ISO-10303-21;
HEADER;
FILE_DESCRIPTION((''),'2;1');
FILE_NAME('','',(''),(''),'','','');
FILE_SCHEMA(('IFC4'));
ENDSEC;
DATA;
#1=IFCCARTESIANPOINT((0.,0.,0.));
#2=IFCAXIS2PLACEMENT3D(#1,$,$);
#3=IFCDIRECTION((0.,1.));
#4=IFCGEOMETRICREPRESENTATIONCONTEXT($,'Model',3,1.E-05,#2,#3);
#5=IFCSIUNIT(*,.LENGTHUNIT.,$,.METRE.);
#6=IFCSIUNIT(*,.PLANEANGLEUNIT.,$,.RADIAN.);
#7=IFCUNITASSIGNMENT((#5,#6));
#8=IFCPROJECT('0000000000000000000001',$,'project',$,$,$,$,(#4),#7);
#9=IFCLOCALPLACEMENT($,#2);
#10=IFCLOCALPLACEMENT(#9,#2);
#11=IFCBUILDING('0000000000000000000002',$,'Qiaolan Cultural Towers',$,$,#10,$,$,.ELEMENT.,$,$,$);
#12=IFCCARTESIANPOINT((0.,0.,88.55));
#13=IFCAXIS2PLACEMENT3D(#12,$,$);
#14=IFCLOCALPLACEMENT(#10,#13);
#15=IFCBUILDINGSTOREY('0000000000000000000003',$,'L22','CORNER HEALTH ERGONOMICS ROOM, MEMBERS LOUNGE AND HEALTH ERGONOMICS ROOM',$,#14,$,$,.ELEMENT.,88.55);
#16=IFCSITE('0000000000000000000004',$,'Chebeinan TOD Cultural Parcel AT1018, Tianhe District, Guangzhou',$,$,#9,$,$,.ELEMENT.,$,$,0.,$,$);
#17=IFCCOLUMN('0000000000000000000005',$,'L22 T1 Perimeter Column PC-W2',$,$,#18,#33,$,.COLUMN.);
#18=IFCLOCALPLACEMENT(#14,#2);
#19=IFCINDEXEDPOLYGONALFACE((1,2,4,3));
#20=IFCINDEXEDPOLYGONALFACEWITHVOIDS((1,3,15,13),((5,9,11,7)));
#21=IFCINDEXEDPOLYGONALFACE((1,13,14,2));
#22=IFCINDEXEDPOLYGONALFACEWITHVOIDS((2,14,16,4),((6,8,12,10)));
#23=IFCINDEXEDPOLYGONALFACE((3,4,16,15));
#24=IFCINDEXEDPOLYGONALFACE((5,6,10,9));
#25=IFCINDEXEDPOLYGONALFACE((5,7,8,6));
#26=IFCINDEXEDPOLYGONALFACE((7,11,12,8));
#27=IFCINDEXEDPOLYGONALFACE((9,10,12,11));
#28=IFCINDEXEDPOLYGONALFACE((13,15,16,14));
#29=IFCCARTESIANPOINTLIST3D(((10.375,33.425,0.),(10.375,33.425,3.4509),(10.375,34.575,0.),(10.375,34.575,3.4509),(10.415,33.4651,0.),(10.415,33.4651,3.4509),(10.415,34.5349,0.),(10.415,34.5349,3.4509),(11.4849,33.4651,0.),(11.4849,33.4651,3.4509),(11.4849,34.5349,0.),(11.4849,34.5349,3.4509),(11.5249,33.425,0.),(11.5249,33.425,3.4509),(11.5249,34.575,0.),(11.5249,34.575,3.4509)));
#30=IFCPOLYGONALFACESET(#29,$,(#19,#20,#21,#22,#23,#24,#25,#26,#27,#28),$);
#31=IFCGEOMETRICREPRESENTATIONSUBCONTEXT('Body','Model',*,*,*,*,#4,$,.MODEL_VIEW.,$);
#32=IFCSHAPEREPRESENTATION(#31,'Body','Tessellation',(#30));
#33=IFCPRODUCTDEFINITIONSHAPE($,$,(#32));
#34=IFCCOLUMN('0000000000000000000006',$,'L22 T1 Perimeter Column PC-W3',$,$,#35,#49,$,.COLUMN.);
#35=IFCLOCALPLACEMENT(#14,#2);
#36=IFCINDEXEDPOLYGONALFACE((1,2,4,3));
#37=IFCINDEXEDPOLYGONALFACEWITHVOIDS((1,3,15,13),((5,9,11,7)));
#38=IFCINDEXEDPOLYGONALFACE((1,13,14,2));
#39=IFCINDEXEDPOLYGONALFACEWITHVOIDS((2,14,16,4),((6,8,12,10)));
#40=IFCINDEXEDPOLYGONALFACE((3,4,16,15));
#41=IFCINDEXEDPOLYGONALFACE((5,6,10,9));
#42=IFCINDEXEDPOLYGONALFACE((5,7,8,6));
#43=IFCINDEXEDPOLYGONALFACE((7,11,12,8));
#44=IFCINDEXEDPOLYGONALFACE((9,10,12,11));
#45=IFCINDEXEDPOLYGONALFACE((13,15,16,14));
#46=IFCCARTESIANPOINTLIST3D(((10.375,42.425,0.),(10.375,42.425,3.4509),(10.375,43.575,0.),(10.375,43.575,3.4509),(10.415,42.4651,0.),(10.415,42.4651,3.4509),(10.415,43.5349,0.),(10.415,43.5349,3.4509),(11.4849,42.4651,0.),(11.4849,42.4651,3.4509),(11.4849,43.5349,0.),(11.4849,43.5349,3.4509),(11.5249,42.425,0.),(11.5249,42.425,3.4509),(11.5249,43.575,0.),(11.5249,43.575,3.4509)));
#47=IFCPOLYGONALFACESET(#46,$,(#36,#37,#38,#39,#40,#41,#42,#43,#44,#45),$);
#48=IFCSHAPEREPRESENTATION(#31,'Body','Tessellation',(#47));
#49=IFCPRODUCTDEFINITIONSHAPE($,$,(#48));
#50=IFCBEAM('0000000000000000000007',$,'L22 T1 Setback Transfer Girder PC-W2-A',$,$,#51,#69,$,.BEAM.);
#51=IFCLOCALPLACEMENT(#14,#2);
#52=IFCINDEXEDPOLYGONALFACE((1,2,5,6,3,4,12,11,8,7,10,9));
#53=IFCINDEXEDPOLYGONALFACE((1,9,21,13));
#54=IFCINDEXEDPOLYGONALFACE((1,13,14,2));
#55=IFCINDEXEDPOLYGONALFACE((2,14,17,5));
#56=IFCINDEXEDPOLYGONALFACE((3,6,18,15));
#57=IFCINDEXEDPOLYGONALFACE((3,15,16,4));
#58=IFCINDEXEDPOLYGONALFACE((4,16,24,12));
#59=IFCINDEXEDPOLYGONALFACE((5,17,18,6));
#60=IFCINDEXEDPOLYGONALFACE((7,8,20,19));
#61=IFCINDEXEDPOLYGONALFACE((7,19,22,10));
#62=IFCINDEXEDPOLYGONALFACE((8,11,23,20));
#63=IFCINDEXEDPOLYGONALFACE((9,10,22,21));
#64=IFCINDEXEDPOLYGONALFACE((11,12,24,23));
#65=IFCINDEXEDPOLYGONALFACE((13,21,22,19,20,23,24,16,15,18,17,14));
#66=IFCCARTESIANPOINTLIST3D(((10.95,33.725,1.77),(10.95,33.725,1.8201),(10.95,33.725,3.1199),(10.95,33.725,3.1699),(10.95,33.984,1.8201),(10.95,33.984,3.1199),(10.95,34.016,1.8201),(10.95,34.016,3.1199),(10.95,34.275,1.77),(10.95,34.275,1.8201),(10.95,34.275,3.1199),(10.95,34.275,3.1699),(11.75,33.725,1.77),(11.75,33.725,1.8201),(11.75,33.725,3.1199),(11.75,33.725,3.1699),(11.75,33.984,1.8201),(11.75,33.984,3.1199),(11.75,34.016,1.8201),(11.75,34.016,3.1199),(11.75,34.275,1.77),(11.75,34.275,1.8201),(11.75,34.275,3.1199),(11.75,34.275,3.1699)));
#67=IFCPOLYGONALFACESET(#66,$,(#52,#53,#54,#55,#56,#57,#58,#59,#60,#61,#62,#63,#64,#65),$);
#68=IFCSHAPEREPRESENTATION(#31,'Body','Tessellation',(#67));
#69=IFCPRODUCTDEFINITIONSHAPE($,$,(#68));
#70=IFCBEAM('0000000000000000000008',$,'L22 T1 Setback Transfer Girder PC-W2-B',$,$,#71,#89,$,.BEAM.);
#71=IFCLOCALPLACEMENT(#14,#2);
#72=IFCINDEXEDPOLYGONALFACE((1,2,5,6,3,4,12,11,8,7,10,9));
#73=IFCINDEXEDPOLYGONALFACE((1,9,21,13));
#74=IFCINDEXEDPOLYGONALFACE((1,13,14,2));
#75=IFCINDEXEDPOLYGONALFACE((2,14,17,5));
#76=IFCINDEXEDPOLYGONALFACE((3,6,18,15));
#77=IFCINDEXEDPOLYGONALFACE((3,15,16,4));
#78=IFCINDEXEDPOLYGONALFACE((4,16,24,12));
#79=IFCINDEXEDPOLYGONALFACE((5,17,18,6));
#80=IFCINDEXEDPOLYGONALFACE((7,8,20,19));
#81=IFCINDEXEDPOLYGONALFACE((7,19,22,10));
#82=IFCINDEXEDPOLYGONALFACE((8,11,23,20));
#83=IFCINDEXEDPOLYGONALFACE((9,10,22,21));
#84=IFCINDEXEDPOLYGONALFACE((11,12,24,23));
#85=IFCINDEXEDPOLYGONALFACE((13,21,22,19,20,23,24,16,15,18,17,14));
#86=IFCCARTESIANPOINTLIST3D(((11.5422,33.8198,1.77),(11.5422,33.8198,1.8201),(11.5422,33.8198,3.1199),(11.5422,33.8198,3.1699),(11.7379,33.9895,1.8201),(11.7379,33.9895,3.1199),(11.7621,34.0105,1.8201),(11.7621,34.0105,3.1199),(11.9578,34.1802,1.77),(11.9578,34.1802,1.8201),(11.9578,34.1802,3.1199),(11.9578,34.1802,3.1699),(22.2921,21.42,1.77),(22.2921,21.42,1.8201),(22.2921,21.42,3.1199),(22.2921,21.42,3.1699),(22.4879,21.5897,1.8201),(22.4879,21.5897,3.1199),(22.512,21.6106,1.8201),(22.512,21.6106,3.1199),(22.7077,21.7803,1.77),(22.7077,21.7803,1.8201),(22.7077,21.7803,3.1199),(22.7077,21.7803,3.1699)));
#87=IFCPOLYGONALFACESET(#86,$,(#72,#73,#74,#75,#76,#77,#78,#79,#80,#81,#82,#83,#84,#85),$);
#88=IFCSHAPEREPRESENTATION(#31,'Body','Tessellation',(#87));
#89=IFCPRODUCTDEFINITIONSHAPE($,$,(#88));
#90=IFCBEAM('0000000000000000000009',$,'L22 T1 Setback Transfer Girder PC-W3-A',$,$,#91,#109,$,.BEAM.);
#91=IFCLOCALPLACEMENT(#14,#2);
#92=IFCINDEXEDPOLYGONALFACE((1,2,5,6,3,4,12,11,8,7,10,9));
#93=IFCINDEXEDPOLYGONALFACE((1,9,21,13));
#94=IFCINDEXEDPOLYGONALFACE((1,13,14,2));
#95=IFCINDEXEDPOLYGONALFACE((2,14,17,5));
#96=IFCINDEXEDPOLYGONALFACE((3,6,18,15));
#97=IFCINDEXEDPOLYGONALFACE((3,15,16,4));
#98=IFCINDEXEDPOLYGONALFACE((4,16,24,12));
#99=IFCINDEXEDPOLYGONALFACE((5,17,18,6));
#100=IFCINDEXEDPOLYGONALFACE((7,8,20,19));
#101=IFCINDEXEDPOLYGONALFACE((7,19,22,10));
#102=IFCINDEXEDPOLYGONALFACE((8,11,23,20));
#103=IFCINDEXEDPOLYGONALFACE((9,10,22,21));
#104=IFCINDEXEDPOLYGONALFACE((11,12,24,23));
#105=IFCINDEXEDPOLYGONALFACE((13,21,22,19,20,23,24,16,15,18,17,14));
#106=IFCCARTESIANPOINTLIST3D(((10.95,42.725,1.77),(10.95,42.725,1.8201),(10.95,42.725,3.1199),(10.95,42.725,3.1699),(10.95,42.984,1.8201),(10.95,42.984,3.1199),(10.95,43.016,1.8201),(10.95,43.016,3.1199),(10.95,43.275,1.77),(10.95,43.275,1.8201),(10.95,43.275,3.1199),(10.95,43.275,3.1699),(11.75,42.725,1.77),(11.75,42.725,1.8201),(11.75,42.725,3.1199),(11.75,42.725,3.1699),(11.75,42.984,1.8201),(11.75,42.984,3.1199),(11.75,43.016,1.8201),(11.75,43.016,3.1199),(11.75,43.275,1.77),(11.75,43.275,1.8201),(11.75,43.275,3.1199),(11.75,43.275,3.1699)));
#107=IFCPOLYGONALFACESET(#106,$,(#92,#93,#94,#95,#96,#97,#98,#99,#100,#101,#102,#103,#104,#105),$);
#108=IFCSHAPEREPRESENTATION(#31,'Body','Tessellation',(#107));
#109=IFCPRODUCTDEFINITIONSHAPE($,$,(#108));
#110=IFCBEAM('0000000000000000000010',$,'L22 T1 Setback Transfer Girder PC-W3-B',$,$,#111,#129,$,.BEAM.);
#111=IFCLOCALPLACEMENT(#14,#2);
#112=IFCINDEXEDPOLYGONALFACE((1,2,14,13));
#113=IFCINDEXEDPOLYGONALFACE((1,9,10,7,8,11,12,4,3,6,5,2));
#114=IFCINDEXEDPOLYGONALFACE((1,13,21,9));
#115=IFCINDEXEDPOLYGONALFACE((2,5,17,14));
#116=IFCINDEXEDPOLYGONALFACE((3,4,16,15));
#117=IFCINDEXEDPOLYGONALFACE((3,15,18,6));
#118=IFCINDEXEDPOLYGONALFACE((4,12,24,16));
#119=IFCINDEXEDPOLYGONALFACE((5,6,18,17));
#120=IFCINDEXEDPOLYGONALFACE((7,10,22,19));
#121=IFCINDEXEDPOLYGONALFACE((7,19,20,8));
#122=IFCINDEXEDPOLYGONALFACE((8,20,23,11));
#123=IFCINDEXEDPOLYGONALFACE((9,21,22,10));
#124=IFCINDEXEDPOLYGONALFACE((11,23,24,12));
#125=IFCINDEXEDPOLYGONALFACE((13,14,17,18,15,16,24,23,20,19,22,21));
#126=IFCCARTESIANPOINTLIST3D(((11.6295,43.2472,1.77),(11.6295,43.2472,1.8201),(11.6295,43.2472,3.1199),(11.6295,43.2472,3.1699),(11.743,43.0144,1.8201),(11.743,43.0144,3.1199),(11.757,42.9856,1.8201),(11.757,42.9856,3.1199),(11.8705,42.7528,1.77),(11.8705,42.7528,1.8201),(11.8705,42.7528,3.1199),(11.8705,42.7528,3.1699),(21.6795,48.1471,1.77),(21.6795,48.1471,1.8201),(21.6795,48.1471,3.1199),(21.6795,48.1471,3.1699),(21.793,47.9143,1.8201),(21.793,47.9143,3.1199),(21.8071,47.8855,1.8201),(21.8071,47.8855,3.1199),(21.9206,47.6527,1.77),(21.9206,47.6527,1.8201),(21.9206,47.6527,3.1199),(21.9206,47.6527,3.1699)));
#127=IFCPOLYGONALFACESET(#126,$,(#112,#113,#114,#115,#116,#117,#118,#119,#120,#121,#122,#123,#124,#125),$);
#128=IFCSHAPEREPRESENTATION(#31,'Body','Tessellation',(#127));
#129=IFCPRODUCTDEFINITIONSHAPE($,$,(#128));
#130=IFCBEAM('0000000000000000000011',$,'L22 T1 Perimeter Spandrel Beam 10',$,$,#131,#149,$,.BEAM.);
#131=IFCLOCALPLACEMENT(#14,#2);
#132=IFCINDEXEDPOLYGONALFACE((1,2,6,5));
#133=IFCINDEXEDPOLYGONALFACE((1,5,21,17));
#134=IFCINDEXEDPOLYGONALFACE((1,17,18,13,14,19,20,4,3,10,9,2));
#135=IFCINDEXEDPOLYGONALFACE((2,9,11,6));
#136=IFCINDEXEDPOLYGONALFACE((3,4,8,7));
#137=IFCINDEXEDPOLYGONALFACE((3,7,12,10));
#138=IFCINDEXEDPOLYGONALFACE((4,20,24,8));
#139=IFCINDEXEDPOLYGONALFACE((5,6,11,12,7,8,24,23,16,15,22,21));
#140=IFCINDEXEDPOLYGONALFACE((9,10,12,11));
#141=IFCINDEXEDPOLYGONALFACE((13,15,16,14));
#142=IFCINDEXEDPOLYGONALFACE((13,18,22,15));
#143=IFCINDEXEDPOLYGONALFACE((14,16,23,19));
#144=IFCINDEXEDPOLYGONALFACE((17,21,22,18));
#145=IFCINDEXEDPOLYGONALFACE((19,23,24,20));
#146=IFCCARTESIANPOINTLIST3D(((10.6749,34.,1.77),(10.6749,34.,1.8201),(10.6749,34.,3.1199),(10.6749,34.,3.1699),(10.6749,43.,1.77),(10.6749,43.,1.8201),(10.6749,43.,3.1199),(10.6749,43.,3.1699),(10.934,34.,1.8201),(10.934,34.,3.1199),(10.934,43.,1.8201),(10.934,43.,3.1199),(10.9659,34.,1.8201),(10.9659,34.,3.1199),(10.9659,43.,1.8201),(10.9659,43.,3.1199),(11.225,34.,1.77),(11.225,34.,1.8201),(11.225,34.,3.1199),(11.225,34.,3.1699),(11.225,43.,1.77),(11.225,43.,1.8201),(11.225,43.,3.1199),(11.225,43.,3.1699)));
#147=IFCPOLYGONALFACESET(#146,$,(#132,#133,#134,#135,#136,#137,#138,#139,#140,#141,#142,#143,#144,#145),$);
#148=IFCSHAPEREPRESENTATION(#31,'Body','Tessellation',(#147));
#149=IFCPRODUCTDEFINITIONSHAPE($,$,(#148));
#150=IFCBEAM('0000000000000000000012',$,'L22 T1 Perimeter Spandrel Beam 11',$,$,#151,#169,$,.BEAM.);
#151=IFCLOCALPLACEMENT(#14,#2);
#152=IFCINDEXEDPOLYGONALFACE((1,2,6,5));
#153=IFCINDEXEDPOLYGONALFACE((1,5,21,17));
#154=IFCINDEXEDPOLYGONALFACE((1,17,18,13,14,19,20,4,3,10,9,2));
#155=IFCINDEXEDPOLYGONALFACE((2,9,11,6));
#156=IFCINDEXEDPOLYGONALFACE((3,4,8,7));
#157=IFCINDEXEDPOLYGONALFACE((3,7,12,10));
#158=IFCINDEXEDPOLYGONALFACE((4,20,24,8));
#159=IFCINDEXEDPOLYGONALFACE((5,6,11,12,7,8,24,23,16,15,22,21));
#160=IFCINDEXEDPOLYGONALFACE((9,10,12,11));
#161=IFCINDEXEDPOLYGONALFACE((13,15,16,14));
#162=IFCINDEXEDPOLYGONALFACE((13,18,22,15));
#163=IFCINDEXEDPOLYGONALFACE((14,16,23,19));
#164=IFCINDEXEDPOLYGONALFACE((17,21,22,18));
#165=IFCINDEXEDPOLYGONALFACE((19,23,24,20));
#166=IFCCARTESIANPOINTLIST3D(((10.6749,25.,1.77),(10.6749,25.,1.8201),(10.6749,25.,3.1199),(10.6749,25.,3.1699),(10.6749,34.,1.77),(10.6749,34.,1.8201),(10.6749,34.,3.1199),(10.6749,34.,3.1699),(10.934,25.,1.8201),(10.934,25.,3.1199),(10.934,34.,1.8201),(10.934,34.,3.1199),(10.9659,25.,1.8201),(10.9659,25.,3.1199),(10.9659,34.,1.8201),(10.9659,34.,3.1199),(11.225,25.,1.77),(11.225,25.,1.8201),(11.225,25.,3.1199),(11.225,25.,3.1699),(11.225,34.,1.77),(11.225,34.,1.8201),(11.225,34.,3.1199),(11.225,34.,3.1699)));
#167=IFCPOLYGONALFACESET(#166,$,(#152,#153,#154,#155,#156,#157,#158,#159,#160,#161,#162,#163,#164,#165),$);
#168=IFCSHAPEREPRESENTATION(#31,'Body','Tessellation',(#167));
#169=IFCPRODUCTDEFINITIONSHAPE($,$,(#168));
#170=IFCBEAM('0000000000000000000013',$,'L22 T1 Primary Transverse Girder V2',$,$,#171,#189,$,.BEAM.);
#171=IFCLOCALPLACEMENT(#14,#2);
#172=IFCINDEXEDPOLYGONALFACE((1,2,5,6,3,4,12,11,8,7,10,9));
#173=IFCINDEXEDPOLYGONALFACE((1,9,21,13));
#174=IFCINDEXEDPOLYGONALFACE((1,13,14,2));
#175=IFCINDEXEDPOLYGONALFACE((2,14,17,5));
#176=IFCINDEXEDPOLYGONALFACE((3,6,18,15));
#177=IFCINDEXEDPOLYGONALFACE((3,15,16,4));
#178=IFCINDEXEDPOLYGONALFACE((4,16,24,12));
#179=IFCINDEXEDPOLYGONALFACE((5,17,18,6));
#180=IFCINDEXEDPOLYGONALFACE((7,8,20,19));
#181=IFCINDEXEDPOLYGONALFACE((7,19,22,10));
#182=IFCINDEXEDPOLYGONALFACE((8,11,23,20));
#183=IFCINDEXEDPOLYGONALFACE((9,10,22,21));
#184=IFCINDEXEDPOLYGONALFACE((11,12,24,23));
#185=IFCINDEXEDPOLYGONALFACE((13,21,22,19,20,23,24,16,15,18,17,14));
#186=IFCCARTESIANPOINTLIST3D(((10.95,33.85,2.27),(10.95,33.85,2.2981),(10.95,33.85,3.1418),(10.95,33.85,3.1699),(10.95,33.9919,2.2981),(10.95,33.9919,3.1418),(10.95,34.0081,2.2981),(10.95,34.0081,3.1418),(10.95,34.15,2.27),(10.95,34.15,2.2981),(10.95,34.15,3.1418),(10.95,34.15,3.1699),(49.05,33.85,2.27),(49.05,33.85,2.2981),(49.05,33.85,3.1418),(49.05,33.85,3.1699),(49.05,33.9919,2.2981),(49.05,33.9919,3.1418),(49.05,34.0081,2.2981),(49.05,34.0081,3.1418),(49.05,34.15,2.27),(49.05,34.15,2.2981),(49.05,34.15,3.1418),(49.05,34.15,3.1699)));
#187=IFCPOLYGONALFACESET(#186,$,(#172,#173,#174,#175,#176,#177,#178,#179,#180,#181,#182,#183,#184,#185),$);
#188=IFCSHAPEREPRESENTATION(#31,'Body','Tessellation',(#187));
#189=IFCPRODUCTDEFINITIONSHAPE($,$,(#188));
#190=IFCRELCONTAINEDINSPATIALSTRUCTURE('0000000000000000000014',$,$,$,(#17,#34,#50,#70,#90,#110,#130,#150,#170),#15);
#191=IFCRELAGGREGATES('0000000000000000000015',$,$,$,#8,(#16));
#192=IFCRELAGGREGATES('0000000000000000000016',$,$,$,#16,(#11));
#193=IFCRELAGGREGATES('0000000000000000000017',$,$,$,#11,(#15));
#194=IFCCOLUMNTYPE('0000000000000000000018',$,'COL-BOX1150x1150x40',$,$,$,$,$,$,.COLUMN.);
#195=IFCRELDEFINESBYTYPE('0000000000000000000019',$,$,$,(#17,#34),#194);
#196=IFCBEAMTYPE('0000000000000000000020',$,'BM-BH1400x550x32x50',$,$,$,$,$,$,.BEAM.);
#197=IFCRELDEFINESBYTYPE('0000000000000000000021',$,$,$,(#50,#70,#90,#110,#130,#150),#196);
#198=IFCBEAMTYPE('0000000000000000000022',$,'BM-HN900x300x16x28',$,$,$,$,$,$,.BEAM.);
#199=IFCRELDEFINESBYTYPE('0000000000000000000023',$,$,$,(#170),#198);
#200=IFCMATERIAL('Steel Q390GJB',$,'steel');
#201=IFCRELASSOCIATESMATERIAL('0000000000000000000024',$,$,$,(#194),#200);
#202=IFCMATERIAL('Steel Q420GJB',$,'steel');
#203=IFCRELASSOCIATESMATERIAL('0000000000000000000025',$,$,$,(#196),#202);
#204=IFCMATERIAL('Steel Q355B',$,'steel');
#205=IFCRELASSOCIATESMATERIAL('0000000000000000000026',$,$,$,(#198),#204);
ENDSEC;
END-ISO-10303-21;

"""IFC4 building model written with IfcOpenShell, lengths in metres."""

from ifc_helpers import new_model, si_unit, direction, frame, origin, origin_2d, place, context, subcontext, project, spatial, hollow_rectangle, i_section, extrude, material, material_profile, profile_set, type_object, element, save


model = new_model("IFC4")

# Units and contexts
model_context = context("Model", 3, precision=1e-05, world=origin(), true_north=direction((0.0, 1.0)))
body_context = subcontext(model_context, "Body", "Model", "MODEL_VIEW")
ifc_project = project(units=[si_unit("LENGTHUNIT", "METRE"), si_unit("PLANEANGLEUNIT", "RADIAN")], contexts=[model_context])

# Site, building, storey
site_placement = place(None, origin())
site = spatial("IfcSite", under=ifc_project, at=site_placement, Name="Chebeinan TOD Cultural Parcel AT1018, Tianhe District, Guangzhou", CompositionType="ELEMENT", RefElevation=0.0)
building_placement = place(site_placement, origin())
building = spatial("IfcBuilding", under=site, at=building_placement, Name="Qiaolan Cultural Towers", CompositionType="ELEMENT")
storey_placement = place(building_placement, frame((0.0, 0.0, 88.55)))
storey = spatial("IfcBuildingStorey", under=building, at=storey_placement, Name="L22", Description="CORNER HEALTH ERGONOMICS ROOM, MEMBERS LOUNGE AND HEALTH ERGONOMICS ROOM", CompositionType="ELEMENT", Elevation=88.55)

# Columns
ifc_material_1 = material(Name="Steel Q390GJB", Category="steel")
ifc_material_profile_1 = material_profile(ifc_material_1, hollow_rectangle(XDim=1.1499, YDim=1.1499, WallThickness=0.04, at=origin_2d()), Name="BOX1150x1150x40")
ifc_profile_set_1 = profile_set([ifc_material_profile_1], Name="Steel Q390GJB")
column_type = type_object("IfcColumnType", Name="COL-BOX1150x1150x40", PredefinedType="COLUMN", material=ifc_profile_set_1)
for number, where, z_axis, x_axis, name in (
    (1, (10.95, 34.0, 0.0), (0.0, 0.0, 1.0), (1.0, 0.0, 0.0), "L22 T1 Perimeter Column PC-W2"),
    (2, (10.95, 43.0, 0.0), (0.0, 0.0, 1.0), (1.0, 0.0, 0.0), "L22 T1 Perimeter Column PC-W3"),
):
    element("IfcColumn", number, at=place(storey_placement, frame(where, z_axis=z_axis, x_axis=x_axis)), inside=storey, type_object=column_type, Name=name, PredefinedType="COLUMN", context=body_context, shape_type="SweptSolid", body=[
        extrude(hollow_rectangle(XDim=1.1499, YDim=1.1499, WallThickness=0.04, at=origin_2d()), origin(), (0.0, 0.0, 1.0), 3.4509),
    ])

# Beams
ifc_material_2 = material(Name="Steel Q420GJB", Category="steel")
ifc_material_profile_2 = material_profile(ifc_material_2, i_section(OverallWidth=0.55, OverallDepth=1.3999, WebThickness=0.032, FlangeThickness=0.05, at=origin_2d()), Name="BH1400x550x32x50")
ifc_profile_set_2 = profile_set([ifc_material_profile_2], Name="Steel Q420GJB")
beam_type_1 = type_object("IfcBeamType", Name="BM-BH1400x550x32x50", PredefinedType="BEAM", material=ifc_profile_set_2)
beam_1_placement = place(storey_placement, frame((10.95, 34.0, 2.47), z_axis=(1.0, 0.0, 0.0), x_axis=(0.0, 1.0, 0.0)))
element("IfcBeam", 3, at=beam_1_placement, inside=storey, type_object=beam_type_1, Name="L22 T1 Setback Transfer Girder PC-W2-A", PredefinedType="BEAM", context=body_context, shape_type="SweptSolid", body=[
    extrude(i_section(OverallWidth=0.55, OverallDepth=1.3999, WebThickness=0.032, FlangeThickness=0.05, at=origin_2d()), origin(), (0.0, 0.0, 1.0), 0.8),
])
beam_2_placement = place(storey_placement, frame((11.75, 34.0, 2.47), z_axis=(0.655049, -0.755586, 0.0), x_axis=(0.755586, 0.655049, 0.0)))
element("IfcBeam", 4, at=beam_2_placement, inside=storey, type_object=beam_type_1, Name="L22 T1 Setback Transfer Girder PC-W2-B", PredefinedType="BEAM", context=body_context, shape_type="SweptSolid", body=[
    extrude(i_section(OverallWidth=0.55, OverallDepth=1.3999, WebThickness=0.032, FlangeThickness=0.05, at=origin_2d()), origin(), (0.0, 0.0, 1.0), 16.4109),
])
beam_3_placement = place(storey_placement, frame((10.95, 43.0, 2.47), z_axis=(1.0, 0.0, 0.0), x_axis=(0.0, 1.0, 0.0)))
element("IfcBeam", 5, at=beam_3_placement, inside=storey, type_object=beam_type_1, Name="L22 T1 Setback Transfer Girder PC-W3-A", PredefinedType="BEAM", context=body_context, shape_type="SweptSolid", body=[
    extrude(i_section(OverallWidth=0.55, OverallDepth=1.3999, WebThickness=0.032, FlangeThickness=0.05, at=origin_2d()), origin(), (0.0, 0.0, 1.0), 0.8),
])
beam_4_placement = place(storey_placement, frame((11.75, 43.0, 2.47), z_axis=(0.898859, 0.438239, 0.0), x_axis=(-0.438239, 0.898859, 0.0)))
element("IfcBeam", 6, at=beam_4_placement, inside=storey, type_object=beam_type_1, Name="L22 T1 Setback Transfer Girder PC-W3-B", PredefinedType="BEAM", context=body_context, shape_type="SweptSolid", body=[
    extrude(i_section(OverallWidth=0.55, OverallDepth=1.3999, WebThickness=0.032, FlangeThickness=0.05, at=origin_2d()), origin(), (0.0, 0.0, 1.0), 11.1809),
])
for number, where, z_axis, x_axis, name in (
    (7, (10.95, 43.0, 2.47), (0.0, -1.0, 0.0), (1.0, 0.0, 0.0), "L22 T1 Perimeter Spandrel Beam 10"),
    (8, (10.95, 34.0, 2.47), (0.0, -1.0, 0.0), (1.0, 0.0, 0.0), "L22 T1 Perimeter Spandrel Beam 11"),
):
    element("IfcBeam", number, at=place(storey_placement, frame(where, z_axis=z_axis, x_axis=x_axis)), inside=storey, type_object=beam_type_1, Name=name, PredefinedType="BEAM", context=body_context, shape_type="SweptSolid", body=[
        extrude(i_section(OverallWidth=0.55, OverallDepth=1.3999, WebThickness=0.032, FlangeThickness=0.05, at=origin_2d()), origin(), (0.0, 0.0, 1.0), 9.0),
    ])
ifc_material_3 = material(Name="Steel Q355B", Category="steel")
ifc_material_profile_3 = material_profile(ifc_material_3, i_section(OverallWidth=0.3, OverallDepth=0.8999, WebThickness=0.0161, FlangeThickness=0.0281, at=origin_2d()), Name="HN900x300x16x28")
ifc_profile_set_3 = profile_set([ifc_material_profile_3], Name="Steel Q355B")
beam_type_2 = type_object("IfcBeamType", Name="BM-HN900x300x16x28", PredefinedType="BEAM", material=ifc_profile_set_3)
for number, where, z_axis, x_axis, name in (
    (9, (10.95, 34.0, 2.72), (1.0, 0.0, 0.0), (0.0, 1.0, 0.0), "L22 T1 Primary Transverse Girder V2"),
):
    element("IfcBeam", number, at=place(storey_placement, frame(where, z_axis=z_axis, x_axis=x_axis)), inside=storey, type_object=beam_type_2, Name=name, PredefinedType="BEAM", context=body_context, shape_type="SweptSolid", body=[
        extrude(i_section(OverallWidth=0.3, OverallDepth=0.8999, WebThickness=0.0161, FlangeThickness=0.0281, at=origin_2d()), origin(), (0.0, 0.0, 1.0), 38.1001),
    ])

save(model, "model.ifc")
